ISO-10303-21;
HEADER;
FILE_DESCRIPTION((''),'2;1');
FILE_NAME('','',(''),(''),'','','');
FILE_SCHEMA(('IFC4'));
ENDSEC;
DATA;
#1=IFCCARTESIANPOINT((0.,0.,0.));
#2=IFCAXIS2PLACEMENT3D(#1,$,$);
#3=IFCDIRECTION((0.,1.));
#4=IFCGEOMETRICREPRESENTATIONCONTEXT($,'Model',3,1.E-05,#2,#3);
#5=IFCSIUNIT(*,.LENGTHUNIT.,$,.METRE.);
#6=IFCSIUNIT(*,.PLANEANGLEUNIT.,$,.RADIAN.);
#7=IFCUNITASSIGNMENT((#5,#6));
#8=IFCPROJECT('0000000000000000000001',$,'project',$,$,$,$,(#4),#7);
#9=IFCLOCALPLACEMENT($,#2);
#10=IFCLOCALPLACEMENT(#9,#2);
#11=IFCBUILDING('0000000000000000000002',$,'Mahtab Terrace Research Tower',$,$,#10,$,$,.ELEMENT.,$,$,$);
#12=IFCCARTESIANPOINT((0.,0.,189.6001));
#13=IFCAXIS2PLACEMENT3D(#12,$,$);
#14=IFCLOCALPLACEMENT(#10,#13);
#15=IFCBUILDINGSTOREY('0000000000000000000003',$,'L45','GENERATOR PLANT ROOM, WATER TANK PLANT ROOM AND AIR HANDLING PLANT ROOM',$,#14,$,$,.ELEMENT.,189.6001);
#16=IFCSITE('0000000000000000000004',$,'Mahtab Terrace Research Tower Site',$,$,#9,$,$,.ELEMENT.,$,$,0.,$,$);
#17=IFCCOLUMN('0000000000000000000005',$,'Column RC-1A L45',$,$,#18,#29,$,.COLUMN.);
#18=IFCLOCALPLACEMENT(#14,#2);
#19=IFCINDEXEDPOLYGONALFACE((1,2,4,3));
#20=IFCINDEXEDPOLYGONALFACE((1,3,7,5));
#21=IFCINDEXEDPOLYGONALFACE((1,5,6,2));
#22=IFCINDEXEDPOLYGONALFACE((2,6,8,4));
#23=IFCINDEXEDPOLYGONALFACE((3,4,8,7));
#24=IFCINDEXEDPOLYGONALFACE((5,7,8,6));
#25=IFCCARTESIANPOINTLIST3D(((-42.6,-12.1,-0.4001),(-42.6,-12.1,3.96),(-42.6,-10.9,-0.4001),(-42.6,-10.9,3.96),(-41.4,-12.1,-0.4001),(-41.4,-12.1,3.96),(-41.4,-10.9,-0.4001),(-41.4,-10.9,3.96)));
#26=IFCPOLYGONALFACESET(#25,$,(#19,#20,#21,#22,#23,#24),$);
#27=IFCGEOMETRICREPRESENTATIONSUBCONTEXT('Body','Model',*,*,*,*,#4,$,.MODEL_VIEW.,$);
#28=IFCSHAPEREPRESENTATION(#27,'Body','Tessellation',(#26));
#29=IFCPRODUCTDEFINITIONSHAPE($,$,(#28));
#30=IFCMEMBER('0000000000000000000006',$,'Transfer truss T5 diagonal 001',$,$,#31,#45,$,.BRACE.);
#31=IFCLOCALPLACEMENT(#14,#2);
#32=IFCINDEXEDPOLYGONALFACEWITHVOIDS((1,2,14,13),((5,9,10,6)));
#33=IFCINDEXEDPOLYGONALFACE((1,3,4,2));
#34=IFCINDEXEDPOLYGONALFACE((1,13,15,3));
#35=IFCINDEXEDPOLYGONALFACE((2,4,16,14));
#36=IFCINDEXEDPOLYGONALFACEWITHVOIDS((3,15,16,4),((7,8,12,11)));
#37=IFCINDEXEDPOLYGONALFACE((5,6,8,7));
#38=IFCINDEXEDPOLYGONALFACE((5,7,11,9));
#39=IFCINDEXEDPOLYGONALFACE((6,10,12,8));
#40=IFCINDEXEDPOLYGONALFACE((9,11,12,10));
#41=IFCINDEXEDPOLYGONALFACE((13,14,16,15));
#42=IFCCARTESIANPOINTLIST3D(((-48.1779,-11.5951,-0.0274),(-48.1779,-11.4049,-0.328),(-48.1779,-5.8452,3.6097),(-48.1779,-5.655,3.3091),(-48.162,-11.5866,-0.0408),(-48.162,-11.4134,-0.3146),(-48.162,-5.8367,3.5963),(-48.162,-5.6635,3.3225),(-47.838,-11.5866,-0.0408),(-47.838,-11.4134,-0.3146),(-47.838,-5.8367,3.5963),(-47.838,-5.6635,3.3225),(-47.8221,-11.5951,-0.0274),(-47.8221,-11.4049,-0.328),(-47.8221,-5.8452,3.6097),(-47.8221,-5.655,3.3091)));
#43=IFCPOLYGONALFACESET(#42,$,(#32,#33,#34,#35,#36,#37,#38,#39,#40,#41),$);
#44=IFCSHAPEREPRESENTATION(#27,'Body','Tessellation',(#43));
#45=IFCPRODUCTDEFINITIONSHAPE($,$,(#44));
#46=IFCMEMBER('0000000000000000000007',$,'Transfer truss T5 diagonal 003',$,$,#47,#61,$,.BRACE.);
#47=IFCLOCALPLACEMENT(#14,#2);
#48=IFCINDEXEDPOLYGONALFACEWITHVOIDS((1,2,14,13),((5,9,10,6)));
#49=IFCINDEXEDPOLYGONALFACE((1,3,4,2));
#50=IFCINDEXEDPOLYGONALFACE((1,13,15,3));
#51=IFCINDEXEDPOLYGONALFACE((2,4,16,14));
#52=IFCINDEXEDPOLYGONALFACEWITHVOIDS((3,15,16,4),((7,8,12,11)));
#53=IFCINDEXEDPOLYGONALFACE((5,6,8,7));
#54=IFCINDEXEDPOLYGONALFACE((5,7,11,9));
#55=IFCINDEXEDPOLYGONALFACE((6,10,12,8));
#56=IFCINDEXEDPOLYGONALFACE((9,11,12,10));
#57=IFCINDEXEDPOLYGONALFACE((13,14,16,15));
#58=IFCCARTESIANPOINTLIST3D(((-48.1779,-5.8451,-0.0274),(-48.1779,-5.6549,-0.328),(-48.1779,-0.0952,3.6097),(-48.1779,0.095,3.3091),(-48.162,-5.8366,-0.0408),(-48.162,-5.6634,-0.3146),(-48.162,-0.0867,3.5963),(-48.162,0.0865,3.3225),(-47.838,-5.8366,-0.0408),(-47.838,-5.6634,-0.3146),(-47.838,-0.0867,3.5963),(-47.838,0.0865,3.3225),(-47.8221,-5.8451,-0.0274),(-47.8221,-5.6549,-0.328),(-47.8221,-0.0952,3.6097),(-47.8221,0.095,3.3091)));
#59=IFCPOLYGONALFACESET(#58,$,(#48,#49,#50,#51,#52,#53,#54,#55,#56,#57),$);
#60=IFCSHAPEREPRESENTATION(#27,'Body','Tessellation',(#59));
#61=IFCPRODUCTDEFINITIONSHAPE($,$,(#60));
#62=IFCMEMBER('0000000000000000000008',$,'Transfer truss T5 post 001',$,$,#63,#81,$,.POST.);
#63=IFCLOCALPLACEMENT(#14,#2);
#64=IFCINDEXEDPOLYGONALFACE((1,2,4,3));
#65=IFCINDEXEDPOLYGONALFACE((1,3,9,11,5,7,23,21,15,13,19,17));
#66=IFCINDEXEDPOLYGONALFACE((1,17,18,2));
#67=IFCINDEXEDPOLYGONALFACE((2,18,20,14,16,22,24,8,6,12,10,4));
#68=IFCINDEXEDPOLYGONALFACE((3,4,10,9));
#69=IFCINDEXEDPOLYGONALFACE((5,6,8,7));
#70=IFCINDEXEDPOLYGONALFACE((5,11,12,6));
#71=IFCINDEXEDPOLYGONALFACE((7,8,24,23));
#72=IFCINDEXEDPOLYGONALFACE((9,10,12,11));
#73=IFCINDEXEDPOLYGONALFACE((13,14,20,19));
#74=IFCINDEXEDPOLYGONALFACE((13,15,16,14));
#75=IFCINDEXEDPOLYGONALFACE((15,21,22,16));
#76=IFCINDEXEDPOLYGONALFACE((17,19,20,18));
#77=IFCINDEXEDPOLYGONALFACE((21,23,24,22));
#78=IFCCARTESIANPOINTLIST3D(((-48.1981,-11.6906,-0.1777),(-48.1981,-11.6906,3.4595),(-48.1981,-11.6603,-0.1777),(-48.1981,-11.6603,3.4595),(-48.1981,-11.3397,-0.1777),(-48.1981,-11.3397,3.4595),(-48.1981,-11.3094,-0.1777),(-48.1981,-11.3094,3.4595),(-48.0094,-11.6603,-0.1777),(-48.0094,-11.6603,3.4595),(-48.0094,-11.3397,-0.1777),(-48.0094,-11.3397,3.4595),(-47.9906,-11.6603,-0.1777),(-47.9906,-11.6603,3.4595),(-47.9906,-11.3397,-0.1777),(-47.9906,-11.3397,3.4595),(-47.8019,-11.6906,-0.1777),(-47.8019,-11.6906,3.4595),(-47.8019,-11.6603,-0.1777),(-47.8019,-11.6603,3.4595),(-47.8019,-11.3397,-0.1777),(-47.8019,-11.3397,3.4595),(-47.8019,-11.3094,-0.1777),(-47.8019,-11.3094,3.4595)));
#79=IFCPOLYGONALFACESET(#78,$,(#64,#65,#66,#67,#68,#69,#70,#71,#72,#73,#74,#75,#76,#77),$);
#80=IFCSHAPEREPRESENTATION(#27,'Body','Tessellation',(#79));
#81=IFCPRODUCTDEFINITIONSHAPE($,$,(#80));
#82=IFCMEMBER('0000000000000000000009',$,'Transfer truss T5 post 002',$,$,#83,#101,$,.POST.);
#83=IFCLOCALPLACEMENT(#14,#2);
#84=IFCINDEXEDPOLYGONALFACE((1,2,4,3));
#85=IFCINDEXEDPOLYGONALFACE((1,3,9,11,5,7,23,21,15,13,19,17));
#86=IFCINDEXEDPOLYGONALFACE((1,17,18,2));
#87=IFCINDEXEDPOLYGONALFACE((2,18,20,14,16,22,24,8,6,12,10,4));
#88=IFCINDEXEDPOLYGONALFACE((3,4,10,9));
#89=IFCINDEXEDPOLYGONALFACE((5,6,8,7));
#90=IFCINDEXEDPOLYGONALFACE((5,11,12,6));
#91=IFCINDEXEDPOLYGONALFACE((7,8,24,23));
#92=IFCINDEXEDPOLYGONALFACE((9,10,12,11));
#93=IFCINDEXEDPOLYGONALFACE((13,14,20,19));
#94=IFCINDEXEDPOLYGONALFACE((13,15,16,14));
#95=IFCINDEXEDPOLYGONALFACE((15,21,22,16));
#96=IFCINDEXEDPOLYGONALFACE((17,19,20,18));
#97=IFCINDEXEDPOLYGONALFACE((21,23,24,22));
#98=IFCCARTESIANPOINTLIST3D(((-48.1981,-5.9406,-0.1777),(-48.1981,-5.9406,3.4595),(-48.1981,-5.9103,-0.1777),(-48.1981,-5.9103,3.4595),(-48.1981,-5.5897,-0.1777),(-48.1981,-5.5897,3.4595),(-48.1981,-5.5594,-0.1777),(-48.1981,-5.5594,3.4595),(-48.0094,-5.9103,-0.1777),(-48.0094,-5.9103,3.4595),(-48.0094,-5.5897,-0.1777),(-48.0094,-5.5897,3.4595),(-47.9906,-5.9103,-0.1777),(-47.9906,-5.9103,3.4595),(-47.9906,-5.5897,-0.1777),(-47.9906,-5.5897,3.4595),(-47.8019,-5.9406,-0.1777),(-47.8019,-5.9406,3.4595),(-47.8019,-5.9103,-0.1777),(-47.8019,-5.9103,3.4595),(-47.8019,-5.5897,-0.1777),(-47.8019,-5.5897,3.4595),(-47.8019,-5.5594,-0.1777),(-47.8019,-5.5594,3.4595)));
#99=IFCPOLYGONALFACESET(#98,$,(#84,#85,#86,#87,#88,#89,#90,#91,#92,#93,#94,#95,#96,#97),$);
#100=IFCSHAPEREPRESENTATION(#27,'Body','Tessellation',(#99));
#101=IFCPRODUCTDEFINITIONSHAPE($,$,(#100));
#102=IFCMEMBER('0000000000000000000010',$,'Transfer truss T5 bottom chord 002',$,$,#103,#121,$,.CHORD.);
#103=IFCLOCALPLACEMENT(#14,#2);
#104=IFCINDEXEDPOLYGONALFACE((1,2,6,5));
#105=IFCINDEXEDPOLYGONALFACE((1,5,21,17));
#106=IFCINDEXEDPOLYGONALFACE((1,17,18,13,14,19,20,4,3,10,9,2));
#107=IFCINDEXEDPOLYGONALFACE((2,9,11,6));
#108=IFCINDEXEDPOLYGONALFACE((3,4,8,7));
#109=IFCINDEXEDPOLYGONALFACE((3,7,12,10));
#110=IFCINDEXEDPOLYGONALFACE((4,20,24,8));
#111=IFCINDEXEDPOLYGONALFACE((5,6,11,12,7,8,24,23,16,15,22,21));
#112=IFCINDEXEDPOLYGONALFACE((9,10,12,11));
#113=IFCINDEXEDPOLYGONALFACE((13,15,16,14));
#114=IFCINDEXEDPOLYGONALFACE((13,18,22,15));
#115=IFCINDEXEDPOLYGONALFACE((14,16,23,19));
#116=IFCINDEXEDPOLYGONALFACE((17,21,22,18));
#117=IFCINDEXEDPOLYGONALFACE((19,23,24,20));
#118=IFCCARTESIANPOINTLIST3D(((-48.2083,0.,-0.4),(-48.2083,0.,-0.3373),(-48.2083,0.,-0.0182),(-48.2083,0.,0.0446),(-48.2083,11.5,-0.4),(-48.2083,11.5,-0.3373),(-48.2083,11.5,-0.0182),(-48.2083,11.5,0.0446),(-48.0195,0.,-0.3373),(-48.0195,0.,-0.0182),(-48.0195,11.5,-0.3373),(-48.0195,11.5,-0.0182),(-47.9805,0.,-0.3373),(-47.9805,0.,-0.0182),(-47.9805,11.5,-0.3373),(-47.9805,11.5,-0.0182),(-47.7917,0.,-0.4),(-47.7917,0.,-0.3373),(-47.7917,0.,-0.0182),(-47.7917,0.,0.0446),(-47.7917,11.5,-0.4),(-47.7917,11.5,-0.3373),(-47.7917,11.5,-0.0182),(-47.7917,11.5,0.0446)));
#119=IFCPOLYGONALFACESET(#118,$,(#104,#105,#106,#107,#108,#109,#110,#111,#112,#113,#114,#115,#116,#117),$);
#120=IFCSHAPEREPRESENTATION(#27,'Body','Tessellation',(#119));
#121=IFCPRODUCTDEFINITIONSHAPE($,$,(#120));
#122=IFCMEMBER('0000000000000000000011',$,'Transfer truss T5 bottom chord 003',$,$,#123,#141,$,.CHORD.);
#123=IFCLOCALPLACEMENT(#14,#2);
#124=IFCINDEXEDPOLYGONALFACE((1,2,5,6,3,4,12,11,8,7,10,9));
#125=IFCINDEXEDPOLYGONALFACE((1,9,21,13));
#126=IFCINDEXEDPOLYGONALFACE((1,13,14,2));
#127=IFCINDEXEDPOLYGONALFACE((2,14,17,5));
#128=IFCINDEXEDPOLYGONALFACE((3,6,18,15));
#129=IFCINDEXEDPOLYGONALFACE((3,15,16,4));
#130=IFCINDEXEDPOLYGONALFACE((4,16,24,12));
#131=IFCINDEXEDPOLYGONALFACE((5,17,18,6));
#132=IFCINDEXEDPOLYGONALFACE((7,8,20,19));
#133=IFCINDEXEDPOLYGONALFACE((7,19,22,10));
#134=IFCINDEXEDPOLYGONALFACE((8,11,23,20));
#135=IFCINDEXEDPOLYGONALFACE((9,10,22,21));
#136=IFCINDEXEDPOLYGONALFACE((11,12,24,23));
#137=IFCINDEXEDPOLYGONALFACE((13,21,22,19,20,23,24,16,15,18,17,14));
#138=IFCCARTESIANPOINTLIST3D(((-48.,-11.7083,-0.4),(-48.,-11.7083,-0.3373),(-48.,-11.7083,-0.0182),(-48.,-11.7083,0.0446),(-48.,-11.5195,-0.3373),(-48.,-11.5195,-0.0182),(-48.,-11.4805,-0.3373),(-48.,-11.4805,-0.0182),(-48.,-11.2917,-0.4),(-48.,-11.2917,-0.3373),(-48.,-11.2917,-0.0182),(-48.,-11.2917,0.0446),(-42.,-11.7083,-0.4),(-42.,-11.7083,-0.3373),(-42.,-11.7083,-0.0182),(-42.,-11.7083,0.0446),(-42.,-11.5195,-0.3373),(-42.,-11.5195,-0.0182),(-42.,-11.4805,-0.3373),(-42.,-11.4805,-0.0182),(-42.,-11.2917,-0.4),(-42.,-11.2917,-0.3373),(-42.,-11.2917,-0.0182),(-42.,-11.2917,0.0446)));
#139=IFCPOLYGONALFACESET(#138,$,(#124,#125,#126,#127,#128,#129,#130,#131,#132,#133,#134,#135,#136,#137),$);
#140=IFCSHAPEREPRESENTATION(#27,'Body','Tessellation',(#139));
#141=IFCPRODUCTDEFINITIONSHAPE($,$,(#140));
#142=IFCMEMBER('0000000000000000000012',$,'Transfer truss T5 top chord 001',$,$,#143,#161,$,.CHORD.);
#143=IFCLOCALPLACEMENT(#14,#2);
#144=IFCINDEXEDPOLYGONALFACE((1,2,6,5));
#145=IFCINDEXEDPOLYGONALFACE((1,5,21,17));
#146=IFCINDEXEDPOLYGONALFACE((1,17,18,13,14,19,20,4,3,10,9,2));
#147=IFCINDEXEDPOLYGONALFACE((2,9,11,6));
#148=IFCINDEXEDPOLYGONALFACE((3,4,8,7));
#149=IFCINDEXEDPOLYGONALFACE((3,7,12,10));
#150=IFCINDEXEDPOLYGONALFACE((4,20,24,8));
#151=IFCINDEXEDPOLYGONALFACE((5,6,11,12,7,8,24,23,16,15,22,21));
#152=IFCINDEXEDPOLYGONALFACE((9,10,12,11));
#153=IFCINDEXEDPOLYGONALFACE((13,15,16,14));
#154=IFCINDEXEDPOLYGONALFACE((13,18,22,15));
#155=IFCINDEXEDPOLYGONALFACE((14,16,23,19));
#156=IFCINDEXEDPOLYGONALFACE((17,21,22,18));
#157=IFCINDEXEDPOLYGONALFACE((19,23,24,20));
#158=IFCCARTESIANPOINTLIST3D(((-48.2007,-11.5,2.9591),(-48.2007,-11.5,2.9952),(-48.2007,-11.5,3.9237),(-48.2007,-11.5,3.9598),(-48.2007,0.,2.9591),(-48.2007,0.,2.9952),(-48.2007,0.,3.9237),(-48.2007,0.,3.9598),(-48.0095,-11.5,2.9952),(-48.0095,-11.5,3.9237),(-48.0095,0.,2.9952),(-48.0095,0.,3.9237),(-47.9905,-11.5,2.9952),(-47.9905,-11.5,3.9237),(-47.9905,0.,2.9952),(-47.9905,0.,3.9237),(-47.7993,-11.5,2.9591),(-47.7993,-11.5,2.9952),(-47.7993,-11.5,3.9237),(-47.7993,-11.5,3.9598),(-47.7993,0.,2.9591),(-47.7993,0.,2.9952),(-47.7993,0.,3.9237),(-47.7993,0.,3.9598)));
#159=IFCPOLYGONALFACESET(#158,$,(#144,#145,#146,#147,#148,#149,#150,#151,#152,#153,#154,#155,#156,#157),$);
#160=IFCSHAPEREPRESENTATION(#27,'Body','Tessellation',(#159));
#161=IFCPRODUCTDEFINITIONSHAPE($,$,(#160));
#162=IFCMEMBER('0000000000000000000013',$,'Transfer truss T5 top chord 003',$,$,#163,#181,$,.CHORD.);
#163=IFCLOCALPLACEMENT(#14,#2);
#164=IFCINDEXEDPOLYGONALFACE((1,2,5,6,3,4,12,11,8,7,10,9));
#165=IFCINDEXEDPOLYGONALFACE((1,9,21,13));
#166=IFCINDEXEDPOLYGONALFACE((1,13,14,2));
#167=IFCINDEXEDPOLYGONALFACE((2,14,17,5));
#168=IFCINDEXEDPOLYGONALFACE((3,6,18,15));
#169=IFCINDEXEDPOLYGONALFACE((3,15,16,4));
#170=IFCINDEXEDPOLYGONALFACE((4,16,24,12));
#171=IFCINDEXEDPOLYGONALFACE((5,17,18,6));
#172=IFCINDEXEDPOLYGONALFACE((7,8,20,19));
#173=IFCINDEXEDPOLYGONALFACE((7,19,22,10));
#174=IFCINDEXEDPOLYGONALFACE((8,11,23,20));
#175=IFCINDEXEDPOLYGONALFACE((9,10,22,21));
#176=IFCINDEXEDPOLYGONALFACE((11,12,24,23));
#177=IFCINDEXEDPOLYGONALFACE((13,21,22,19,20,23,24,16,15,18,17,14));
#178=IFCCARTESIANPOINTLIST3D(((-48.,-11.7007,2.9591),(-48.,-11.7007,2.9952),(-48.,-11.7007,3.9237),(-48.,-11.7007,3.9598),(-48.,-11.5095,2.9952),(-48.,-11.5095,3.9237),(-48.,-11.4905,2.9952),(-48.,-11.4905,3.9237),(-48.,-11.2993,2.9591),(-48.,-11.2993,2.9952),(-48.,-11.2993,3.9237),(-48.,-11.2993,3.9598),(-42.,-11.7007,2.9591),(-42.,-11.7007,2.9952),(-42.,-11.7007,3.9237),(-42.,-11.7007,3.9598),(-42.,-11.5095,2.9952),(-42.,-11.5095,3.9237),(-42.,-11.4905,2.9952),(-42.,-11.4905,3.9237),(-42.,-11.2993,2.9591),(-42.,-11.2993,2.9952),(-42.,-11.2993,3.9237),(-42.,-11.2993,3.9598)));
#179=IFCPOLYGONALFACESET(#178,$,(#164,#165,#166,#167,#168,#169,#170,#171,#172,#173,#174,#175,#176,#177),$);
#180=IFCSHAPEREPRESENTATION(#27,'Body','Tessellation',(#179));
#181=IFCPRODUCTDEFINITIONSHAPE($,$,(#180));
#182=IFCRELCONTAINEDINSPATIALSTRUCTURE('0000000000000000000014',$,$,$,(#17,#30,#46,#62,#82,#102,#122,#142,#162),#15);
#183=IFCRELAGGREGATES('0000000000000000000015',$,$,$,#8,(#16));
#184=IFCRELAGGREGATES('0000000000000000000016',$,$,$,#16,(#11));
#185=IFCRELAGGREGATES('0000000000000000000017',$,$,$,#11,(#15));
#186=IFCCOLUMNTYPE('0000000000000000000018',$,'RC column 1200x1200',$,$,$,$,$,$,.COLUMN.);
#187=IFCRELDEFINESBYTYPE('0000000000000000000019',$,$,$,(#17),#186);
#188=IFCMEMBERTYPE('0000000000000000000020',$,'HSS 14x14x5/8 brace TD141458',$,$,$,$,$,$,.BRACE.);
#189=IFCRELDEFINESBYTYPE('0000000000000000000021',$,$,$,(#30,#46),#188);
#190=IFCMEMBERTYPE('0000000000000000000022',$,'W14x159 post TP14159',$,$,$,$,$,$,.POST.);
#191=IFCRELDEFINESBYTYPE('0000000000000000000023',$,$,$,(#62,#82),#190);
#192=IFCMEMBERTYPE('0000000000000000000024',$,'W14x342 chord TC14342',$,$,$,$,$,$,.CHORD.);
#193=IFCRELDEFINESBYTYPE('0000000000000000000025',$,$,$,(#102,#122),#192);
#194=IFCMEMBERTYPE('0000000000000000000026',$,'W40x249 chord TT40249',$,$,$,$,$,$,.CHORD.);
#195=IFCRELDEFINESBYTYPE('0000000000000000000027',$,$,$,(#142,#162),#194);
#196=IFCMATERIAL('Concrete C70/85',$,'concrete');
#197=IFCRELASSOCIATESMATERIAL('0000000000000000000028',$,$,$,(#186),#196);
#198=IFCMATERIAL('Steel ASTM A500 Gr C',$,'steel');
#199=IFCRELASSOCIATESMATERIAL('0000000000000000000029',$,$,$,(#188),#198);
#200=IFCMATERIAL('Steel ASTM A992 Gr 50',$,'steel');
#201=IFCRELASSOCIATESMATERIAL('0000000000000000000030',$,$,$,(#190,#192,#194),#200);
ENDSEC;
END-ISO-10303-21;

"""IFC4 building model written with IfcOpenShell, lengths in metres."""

from ifc_helpers import new_model, si_unit, direction, frame, origin, origin_2d, place, context, subcontext, project, spatial, rectangle, hollow_rectangle, i_section, extrude, material, material_profile, profile_set, type_object, element, save


model = new_model("IFC4")

# Units and contexts
model_context = context("Model", 3, precision=1e-05, world=origin(), true_north=direction((0.0, 1.0)))
body_context = subcontext(model_context, "Body", "Model", "MODEL_VIEW")
ifc_project = project(units=[si_unit("LENGTHUNIT", "METRE"), si_unit("PLANEANGLEUNIT", "RADIAN")], contexts=[model_context])

# Site, building, storey
site_placement = place(None, origin())
site = spatial("IfcSite", under=ifc_project, at=site_placement, Name="Mahtab Terrace Research Tower Site", CompositionType="ELEMENT", RefElevation=0.0)
building_placement = place(site_placement, origin())
building = spatial("IfcBuilding", under=site, at=building_placement, Name="Mahtab Terrace Research Tower", CompositionType="ELEMENT")
storey_placement = place(building_placement, frame((0.0, 0.0, 189.6001)))
storey = spatial("IfcBuildingStorey", under=building, at=storey_placement, Name="L45", Description="GENERATOR PLANT ROOM, WATER TANK PLANT ROOM AND AIR HANDLING PLANT ROOM", CompositionType="ELEMENT", Elevation=189.6001)

# Column
ifc_material_1 = material(Name="Concrete C70/85", Category="concrete")
ifc_material_profile_1 = material_profile(ifc_material_1, rectangle(XDim=1.2, YDim=1.2, at=origin_2d()), Name="RC column 1200x1200")
ifc_profile_set_1 = profile_set([ifc_material_profile_1], Name="Concrete C70/85")
column_type = type_object("IfcColumnType", Name="RC column 1200x1200", PredefinedType="COLUMN", material=ifc_profile_set_1)
column_placement = place(storey_placement, frame((-42.0, -11.5, -0.4001), z_axis=(0.0, 0.0, 1.0), x_axis=(1.0, 0.0, 0.0)))
element("IfcColumn", 1, at=column_placement, inside=storey, type_object=column_type, Name="Column RC-1A L45", PredefinedType="COLUMN", context=body_context, shape_type="SweptSolid", body=[
    extrude(rectangle(XDim=1.2, YDim=1.2, at=origin_2d()), origin(), (0.0, 0.0, 1.0), 4.3601),
])

# Members
ifc_material_2 = material(Name="Steel ASTM A500 Gr C", Category="steel")
ifc_material_profile_2 = material_profile(ifc_material_2, hollow_rectangle(XDim=0.3557, YDim=0.3557, WallThickness=0.0159, at=origin_2d()), Name="HSS14X14X5/8")
ifc_profile_set_2 = profile_set([ifc_material_profile_2], Name="Steel ASTM A500 Gr C")
member_type_1 = type_object("IfcMemberType", Name="HSS 14x14x5/8 brace TD141458", PredefinedType="BRACE", material=ifc_profile_set_2)
for number, where, z_axis, x_axis, name in (
    (2, (-48.0, -11.5, -0.1777), (0.0, 0.845115, 0.534584), (-1.0, 0.0, 0.0), "Transfer truss T5 diagonal 001"),
    (3, (-48.0, -5.75, -0.1777), (0.0, 0.845115, 0.534584), (-1.0, 0.0, 0.0), "Transfer truss T5 diagonal 003"),
):
    element("IfcMember", number, at=place(storey_placement, frame(where, z_axis=z_axis, x_axis=x_axis)), inside=storey, type_object=member_type_1, Name=name, PredefinedType="BRACE", context=body_context, shape_type="SweptSolid", body=[
        extrude(hollow_rectangle(XDim=0.3557, YDim=0.3557, WallThickness=0.0159, at=origin_2d()), origin(), (0.0, 0.0, 1.0), 6.8037),
    ])
ifc_material_3 = material(Name="Steel ASTM A992 Gr 50", Category="steel")
ifc_material_profile_3 = material_profile(ifc_material_3, i_section(OverallWidth=0.3962, OverallDepth=0.3811, WebThickness=0.0188, FlangeThickness=0.0303, at=origin_2d()), Name="W14X159")
ifc_profile_set_3 = profile_set([ifc_material_profile_3], Name="Steel ASTM A992 Gr 50")
member_type_2 = type_object("IfcMemberType", Name="W14x159 post TP14159", PredefinedType="POST", material=ifc_profile_set_3)
for number, where, z_axis, x_axis, name in (
    (4, (-48.0, -11.5, -0.1777), (0.0, 0.0, 1.0), (1.0, 0.0, 0.0), "Transfer truss T5 post 001"),
    (5, (-48.0, -5.75, -0.1777), (0.0, 0.0, 1.0), (1.0, 0.0, 0.0), "Transfer truss T5 post 002"),
):
    element("IfcMember", number, at=place(storey_placement, frame(where, z_axis=z_axis, x_axis=x_axis)), inside=storey, type_object=member_type_2, Name=name, PredefinedType="POST", context=body_context, shape_type="SweptSolid", body=[
        extrude(i_section(OverallWidth=0.3962, OverallDepth=0.3811, WebThickness=0.0188, FlangeThickness=0.0303, at=origin_2d()), origin(), (0.0, 0.0, 1.0), 3.6372),
    ])
ifc_material_profile_4 = material_profile(ifc_material_3, i_section(OverallWidth=0.4165, OverallDepth=0.4446, WebThickness=0.0391, FlangeThickness=0.0627, at=origin_2d()), Name="W14X342")
ifc_profile_set_4 = profile_set([ifc_material_profile_4], Name="Steel ASTM A992 Gr 50")
member_type_3 = type_object("IfcMemberType", Name="W14x342 chord TC14342", PredefinedType="CHORD", material=ifc_profile_set_4)
member_1_placement = place(storey_placement, frame((-48.0, 0.0, -0.1777), z_axis=(0.0, 1.0, 0.0), x_axis=(-1.0, 0.0, 0.0)))
element("IfcMember", 6, at=member_1_placement, inside=storey, type_object=member_type_3, Name="Transfer truss T5 bottom chord 002", PredefinedType="CHORD", context=body_context, shape_type="SweptSolid", body=[
    extrude(i_section(OverallWidth=0.4165, OverallDepth=0.4446, WebThickness=0.0391, FlangeThickness=0.0627, at=origin_2d()), origin(), (0.0, 0.0, 1.0), 11.5),
])
member_2_placement = place(storey_placement, frame((-48.0, -11.5, -0.1777), z_axis=(1.0, 0.0, 0.0), x_axis=(0.0, 1.0, 0.0)))
element("IfcMember", 7, at=member_2_placement, inside=storey, type_object=member_type_3, Name="Transfer truss T5 bottom chord 003", PredefinedType="CHORD", context=body_context, shape_type="SweptSolid", body=[
    extrude(i_section(OverallWidth=0.4165, OverallDepth=0.4446, WebThickness=0.0391, FlangeThickness=0.0627, at=origin_2d()), origin(), (0.0, 0.0, 1.0), 6.0),
])
ifc_material_profile_5 = material_profile(ifc_material_3, i_section(OverallWidth=0.4014, OverallDepth=1.0007, WebThickness=0.019, FlangeThickness=0.0361, at=origin_2d()), Name="W40X249")
ifc_profile_set_5 = profile_set([ifc_material_profile_5], Name="Steel ASTM A992 Gr 50")
member_type_4 = type_object("IfcMemberType", Name="W40x249 chord TT40249", PredefinedType="CHORD", material=ifc_profile_set_5)
member_3_placement = place(storey_placement, frame((-48.0, -11.5, 3.4595), z_axis=(0.0, 1.0, 0.0), x_axis=(-1.0, 0.0, 0.0)))
element("IfcMember", 8, at=member_3_placement, inside=storey, type_object=member_type_4, Name="Transfer truss T5 top chord 001", PredefinedType="CHORD", context=body_context, shape_type="SweptSolid", body=[
    extrude(i_section(OverallWidth=0.4014, OverallDepth=1.0007, WebThickness=0.019, FlangeThickness=0.0361, at=origin_2d()), origin(), (0.0, 0.0, 1.0), 11.5),
])
member_4_placement = place(storey_placement, frame((-48.0, -11.5, 3.4595), z_axis=(1.0, 0.0, 0.0), x_axis=(0.0, 1.0, 0.0)))
element("IfcMember", 9, at=member_4_placement, inside=storey, type_object=member_type_4, Name="Transfer truss T5 top chord 003", PredefinedType="CHORD", context=body_context, shape_type="SweptSolid", body=[
    extrude(i_section(OverallWidth=0.4014, OverallDepth=1.0007, WebThickness=0.019, FlangeThickness=0.0361, at=origin_2d()), origin(), (0.0, 0.0, 1.0), 6.0),
])

save(model, "model.ifc")
